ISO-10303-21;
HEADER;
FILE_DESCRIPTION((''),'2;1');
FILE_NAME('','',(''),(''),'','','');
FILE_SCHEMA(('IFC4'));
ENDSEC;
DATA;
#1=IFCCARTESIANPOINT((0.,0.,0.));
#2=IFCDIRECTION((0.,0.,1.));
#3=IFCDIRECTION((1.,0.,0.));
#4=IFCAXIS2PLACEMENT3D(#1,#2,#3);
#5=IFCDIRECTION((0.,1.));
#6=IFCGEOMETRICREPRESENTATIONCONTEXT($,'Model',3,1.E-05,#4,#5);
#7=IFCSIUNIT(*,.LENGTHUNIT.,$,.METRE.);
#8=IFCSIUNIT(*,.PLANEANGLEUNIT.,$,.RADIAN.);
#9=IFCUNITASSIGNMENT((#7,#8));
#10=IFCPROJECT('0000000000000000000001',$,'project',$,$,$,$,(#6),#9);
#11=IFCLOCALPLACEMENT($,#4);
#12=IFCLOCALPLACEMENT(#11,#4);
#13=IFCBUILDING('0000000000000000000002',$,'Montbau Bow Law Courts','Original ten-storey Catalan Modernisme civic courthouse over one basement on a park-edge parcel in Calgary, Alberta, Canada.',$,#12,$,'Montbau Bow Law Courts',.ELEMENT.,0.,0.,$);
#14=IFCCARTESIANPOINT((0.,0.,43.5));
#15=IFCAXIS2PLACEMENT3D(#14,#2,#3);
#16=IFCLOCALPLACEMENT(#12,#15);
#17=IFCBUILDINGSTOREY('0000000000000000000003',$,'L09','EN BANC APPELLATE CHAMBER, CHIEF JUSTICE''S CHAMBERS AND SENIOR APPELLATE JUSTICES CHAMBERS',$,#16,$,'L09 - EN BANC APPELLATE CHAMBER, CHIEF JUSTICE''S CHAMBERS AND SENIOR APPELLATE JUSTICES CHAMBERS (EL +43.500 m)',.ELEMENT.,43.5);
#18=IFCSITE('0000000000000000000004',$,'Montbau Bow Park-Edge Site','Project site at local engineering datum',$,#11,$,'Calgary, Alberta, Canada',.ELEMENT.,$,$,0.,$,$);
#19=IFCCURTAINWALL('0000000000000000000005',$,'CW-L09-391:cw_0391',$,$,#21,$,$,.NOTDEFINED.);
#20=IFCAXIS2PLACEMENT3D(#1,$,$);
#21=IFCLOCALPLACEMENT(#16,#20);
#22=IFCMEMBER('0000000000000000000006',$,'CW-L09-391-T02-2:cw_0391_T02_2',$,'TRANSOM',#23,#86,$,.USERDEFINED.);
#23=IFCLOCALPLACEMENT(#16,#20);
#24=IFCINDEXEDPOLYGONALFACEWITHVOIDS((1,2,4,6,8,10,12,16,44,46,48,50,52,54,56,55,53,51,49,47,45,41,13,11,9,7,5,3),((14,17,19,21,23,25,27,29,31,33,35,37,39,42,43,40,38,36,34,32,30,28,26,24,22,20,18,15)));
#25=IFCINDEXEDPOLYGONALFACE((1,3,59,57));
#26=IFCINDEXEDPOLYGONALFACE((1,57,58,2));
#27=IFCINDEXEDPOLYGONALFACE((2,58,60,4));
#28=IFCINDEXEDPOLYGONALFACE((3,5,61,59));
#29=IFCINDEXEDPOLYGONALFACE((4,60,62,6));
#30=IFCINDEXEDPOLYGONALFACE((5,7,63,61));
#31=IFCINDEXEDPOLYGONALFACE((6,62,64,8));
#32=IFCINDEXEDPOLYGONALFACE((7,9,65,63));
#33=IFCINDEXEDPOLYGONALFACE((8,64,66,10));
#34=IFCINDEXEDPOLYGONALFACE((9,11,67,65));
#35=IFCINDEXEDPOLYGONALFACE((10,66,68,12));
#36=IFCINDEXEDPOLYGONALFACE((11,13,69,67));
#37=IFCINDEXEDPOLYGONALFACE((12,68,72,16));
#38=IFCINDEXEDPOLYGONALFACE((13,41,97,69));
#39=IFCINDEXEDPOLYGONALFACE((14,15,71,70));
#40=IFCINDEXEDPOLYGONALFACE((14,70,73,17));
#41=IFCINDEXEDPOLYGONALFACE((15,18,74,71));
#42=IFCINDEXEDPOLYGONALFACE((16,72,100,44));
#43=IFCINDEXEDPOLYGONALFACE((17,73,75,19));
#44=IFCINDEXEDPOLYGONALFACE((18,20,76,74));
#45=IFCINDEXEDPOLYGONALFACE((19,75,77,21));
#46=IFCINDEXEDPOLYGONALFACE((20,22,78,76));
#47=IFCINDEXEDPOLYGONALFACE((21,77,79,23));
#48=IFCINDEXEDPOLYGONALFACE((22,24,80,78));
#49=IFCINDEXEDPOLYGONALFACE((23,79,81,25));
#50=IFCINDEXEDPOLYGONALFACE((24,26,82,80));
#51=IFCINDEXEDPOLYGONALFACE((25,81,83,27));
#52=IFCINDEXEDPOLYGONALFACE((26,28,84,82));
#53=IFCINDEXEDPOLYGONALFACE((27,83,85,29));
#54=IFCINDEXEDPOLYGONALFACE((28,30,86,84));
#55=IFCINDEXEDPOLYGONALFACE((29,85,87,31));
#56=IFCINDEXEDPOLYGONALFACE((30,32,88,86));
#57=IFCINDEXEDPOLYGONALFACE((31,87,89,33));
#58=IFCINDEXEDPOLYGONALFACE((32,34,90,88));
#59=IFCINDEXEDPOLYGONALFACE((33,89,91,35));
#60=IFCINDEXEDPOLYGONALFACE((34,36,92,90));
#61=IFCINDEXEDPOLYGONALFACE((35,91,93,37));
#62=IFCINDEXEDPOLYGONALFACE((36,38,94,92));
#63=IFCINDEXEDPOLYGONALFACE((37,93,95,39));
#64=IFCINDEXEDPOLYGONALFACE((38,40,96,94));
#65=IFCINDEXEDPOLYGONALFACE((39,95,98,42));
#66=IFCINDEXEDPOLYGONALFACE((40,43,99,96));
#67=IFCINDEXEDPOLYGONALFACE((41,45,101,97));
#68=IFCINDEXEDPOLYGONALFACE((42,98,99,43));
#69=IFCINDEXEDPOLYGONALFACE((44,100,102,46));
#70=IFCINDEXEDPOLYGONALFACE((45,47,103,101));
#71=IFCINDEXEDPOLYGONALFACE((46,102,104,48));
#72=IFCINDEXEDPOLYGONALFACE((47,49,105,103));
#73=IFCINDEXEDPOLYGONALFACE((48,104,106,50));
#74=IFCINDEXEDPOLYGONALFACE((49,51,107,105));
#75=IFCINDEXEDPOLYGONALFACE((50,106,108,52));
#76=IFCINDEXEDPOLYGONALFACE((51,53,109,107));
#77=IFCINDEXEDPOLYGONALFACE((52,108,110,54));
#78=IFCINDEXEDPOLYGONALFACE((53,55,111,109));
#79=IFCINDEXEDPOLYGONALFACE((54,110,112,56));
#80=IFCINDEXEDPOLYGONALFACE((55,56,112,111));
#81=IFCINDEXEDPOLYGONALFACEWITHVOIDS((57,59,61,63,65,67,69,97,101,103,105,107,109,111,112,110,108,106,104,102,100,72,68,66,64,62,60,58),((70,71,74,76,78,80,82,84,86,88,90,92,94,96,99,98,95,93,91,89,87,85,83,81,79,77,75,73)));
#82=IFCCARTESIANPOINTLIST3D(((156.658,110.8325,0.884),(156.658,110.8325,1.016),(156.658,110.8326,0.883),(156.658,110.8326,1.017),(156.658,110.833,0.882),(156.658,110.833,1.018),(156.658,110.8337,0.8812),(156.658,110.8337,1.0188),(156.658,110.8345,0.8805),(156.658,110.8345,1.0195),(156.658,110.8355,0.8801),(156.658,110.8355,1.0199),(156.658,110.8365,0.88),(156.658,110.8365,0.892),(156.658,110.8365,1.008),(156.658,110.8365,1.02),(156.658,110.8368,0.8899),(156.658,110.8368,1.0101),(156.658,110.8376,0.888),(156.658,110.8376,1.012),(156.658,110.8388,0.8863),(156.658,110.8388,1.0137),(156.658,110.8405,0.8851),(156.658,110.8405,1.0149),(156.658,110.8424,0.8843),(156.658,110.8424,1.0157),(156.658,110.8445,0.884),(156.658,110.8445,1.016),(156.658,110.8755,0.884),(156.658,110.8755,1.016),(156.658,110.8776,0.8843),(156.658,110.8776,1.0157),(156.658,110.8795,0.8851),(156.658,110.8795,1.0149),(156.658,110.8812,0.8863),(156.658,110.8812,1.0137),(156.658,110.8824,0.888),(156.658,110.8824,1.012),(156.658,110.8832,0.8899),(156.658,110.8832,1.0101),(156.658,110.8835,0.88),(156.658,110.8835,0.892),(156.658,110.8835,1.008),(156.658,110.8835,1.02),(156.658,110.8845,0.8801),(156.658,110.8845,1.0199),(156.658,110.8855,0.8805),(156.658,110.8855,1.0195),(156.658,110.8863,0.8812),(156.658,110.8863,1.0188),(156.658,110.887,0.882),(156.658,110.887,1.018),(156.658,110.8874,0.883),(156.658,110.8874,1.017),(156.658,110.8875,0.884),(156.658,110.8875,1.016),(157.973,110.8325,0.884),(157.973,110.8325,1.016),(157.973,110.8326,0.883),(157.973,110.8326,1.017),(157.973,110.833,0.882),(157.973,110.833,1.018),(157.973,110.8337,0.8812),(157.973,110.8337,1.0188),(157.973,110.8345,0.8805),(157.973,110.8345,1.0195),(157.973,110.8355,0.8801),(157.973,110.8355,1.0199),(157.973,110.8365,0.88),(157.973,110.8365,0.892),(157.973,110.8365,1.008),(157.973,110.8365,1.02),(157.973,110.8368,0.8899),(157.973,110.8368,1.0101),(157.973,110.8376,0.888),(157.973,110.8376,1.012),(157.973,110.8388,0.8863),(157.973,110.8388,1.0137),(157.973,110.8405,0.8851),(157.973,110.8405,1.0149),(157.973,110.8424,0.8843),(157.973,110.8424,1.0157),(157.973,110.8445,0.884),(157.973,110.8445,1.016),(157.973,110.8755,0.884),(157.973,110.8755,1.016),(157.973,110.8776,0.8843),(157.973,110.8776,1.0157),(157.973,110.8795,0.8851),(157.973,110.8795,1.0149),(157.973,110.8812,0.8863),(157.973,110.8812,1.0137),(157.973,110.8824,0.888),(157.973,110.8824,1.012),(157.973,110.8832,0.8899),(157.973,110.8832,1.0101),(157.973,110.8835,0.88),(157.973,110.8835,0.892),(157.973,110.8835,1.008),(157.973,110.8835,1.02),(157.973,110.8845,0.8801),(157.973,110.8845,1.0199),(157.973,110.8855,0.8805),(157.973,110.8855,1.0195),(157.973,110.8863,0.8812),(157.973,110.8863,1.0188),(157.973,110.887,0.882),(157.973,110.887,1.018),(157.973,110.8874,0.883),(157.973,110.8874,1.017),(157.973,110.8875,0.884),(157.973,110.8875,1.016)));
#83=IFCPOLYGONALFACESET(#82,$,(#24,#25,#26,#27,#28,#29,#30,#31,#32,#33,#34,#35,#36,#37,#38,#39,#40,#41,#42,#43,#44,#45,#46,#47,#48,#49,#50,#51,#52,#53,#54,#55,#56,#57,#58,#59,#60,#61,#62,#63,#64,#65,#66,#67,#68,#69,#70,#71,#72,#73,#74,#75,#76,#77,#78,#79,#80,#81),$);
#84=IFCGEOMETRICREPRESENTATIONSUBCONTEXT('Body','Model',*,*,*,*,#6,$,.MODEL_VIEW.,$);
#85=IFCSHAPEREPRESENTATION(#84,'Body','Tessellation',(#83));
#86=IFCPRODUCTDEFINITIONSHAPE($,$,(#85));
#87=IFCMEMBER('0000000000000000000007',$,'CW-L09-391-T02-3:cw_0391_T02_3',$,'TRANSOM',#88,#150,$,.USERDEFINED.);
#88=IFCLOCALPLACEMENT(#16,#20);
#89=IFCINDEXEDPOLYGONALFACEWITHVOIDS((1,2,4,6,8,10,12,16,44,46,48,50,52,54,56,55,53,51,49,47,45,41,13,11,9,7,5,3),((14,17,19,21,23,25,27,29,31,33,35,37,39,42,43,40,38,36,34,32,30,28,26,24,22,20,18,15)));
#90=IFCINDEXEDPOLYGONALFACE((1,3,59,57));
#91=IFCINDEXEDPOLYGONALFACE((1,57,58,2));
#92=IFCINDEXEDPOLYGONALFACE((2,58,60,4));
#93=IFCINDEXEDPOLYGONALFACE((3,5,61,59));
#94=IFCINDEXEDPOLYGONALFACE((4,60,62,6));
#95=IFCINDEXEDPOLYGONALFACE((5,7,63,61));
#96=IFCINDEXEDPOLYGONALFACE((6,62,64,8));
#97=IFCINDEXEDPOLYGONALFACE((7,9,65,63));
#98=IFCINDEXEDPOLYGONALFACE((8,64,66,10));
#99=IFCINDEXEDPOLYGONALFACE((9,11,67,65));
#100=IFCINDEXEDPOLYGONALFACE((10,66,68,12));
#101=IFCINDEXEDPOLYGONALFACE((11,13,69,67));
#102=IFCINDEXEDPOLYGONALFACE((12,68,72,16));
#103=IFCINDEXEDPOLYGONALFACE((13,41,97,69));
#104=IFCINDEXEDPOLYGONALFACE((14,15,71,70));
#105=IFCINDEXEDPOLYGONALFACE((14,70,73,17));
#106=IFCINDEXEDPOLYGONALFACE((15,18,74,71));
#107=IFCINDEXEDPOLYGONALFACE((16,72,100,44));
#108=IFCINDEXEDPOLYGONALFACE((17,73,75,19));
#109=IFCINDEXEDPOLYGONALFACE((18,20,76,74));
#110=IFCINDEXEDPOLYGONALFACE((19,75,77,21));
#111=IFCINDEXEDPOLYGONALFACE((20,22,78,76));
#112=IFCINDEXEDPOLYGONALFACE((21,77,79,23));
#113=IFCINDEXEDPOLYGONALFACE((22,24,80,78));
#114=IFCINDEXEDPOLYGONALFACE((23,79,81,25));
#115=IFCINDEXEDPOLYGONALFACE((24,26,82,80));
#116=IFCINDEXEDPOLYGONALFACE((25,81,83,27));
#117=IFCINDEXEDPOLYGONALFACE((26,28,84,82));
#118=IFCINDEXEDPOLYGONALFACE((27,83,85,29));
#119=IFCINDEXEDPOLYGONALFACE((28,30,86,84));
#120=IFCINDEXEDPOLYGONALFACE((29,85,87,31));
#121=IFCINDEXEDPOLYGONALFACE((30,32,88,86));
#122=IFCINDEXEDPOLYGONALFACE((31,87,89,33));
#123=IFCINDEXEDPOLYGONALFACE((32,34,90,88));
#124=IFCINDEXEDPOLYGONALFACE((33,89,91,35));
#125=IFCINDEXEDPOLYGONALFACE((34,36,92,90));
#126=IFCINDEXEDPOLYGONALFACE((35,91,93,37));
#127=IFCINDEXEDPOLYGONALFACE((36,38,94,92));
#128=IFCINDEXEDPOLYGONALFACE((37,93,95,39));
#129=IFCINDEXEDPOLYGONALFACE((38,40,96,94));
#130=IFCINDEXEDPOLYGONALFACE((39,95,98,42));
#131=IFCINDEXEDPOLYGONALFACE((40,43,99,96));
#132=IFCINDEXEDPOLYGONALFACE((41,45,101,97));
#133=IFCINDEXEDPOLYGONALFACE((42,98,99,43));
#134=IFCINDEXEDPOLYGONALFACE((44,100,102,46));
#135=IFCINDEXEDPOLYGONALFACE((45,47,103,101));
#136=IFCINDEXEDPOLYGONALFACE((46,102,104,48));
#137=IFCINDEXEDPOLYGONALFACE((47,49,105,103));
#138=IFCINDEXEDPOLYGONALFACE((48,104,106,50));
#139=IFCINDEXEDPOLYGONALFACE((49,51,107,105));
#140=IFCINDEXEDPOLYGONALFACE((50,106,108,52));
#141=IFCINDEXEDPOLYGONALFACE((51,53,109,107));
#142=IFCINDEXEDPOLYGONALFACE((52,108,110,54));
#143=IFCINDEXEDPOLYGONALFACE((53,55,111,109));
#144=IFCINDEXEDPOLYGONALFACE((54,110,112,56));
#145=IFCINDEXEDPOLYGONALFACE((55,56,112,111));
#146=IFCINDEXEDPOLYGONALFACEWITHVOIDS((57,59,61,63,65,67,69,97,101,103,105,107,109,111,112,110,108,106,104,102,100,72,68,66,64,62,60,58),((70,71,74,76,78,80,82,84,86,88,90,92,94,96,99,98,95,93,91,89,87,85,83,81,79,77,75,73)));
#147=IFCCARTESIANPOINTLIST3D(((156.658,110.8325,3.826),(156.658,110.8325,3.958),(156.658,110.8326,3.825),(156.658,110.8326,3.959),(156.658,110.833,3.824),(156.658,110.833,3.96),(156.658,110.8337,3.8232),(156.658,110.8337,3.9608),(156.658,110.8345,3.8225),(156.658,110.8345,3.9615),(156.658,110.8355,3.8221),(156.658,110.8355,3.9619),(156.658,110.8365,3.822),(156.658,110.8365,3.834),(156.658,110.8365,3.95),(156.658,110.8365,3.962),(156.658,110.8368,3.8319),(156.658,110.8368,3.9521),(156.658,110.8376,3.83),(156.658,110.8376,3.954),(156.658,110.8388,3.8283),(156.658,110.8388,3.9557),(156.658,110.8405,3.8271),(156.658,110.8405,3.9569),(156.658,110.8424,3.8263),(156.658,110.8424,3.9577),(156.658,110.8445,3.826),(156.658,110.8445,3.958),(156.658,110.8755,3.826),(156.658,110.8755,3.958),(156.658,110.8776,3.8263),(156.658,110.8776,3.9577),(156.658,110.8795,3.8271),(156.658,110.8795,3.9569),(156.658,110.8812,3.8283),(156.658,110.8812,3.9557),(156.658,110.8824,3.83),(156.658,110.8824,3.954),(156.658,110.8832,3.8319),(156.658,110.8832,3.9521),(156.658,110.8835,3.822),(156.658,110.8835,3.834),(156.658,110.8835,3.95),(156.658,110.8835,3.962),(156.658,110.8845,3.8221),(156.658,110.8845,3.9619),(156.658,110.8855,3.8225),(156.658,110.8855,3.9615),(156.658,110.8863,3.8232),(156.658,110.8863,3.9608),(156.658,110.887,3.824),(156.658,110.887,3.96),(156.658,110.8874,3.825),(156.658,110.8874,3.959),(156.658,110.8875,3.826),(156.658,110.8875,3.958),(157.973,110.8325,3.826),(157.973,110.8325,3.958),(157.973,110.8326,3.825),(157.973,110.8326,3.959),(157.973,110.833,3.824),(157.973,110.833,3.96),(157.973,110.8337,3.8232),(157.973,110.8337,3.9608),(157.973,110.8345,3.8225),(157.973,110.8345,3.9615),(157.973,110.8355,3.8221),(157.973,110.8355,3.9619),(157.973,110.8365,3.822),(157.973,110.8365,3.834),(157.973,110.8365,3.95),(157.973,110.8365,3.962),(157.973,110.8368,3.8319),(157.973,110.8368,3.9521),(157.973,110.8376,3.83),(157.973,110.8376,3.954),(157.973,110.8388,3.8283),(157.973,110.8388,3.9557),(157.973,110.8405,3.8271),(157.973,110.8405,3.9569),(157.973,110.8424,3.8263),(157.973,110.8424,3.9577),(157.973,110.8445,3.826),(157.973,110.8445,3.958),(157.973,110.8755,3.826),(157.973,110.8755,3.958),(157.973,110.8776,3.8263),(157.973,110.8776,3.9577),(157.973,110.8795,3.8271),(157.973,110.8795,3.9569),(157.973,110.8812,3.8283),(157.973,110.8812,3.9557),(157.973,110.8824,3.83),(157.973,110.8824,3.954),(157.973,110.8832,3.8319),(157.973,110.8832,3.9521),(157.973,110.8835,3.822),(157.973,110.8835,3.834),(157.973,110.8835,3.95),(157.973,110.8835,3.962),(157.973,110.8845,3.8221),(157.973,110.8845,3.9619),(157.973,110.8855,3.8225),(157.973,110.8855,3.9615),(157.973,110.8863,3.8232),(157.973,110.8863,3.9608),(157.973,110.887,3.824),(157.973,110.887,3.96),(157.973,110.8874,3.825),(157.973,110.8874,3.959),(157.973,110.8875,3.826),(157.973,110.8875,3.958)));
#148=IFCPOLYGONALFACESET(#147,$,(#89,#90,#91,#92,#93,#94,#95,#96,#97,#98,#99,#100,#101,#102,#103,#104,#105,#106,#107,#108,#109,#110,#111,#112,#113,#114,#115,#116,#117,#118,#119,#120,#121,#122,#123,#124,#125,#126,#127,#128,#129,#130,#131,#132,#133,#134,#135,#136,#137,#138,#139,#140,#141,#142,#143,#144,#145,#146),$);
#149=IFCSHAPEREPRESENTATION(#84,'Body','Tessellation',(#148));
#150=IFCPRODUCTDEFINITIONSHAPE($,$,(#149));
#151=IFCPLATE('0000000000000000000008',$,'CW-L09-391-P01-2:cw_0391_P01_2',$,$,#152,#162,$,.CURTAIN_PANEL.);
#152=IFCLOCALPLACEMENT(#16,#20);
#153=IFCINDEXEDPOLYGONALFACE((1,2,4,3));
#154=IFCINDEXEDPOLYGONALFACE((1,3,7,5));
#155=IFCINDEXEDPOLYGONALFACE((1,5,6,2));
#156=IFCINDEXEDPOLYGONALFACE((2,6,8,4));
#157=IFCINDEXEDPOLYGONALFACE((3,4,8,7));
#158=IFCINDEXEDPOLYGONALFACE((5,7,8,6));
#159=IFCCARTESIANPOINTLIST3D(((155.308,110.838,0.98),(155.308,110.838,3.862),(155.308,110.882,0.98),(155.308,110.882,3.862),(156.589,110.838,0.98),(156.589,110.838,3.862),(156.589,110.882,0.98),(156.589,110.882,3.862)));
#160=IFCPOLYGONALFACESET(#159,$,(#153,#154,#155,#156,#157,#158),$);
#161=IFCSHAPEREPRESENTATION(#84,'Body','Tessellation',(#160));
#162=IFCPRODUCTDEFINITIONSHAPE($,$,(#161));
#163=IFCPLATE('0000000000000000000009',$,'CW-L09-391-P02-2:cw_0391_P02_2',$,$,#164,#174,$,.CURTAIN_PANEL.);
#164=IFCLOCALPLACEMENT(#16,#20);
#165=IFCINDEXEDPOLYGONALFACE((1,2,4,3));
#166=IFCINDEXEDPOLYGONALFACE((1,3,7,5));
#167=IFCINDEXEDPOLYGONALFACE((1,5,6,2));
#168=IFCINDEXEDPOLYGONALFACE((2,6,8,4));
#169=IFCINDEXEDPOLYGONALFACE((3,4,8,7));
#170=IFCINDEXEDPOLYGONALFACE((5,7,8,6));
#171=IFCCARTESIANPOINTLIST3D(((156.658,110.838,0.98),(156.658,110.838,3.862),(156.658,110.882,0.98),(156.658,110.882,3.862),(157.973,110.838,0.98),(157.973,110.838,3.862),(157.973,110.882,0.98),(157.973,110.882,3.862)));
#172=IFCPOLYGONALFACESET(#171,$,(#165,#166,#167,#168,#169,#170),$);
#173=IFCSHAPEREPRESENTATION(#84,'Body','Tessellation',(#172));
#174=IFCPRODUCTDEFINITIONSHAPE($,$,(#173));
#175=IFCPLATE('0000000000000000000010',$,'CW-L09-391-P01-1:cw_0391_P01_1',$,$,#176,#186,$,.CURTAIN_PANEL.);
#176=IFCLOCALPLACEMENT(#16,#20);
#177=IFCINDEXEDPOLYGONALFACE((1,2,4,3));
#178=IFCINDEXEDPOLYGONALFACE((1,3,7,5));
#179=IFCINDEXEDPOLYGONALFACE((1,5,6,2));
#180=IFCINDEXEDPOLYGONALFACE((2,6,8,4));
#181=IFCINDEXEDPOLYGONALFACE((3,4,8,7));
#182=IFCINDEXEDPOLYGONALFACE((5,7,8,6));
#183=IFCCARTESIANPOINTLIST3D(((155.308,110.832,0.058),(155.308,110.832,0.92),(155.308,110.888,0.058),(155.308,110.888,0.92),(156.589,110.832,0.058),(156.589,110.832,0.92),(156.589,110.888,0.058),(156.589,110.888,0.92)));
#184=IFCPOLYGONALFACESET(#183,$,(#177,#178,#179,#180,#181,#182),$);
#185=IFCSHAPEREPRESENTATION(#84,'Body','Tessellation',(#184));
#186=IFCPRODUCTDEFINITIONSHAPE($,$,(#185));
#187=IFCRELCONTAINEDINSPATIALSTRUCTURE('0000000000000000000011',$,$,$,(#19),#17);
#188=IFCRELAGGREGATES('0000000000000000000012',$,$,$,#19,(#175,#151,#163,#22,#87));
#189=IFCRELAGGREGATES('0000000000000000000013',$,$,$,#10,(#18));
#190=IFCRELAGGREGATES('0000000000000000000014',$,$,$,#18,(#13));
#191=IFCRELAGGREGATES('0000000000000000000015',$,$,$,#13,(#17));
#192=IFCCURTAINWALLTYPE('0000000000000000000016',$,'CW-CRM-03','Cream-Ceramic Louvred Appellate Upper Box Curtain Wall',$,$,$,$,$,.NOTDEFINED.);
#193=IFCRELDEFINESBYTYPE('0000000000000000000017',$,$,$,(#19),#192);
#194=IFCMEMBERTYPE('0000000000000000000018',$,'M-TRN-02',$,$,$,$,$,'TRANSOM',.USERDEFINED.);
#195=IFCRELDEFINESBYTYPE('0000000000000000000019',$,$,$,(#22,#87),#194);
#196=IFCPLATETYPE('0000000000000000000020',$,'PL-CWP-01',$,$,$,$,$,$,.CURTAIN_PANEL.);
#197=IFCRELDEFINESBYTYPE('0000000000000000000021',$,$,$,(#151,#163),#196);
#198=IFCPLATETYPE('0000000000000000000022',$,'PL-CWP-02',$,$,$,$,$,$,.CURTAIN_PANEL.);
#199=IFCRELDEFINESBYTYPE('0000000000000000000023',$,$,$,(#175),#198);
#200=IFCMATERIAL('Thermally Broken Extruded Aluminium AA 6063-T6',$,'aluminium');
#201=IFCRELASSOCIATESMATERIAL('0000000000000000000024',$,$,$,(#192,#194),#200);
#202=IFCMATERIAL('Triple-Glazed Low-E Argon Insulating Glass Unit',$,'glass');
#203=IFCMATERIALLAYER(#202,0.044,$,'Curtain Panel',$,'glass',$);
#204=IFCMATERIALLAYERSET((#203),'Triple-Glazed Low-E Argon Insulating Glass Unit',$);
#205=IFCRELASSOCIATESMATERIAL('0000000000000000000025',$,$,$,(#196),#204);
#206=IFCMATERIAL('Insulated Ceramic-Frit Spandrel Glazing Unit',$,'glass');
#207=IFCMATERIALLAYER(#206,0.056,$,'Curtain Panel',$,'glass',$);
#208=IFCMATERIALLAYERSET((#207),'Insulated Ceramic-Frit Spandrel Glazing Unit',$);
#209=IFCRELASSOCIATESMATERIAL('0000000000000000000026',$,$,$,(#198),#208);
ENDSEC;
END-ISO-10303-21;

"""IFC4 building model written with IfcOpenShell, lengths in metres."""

from ifc_helpers import new_model, si_unit, direction, frame, frame_2d, origin_with_axes, origin_2d_with_axis, place, context, subcontext, project, spatial, rectangle, hollow_rectangle, extrude, material, layer, layer_set, material_profile, profile_set, type_object, element, aggregate, save


model = new_model("IFC4")

# Units and contexts
model_context = context("Model", 3, precision=1e-05, world=origin_with_axes(), true_north=direction((0.0, 1.0)))
body_context = subcontext(model_context, "Body", "Model", "MODEL_VIEW")
ifc_project = project(units=[si_unit("LENGTHUNIT", "METRE"), si_unit("PLANEANGLEUNIT", "RADIAN")], contexts=[model_context])

# Site, building, storey
site_placement = place(None, origin_with_axes())
site = spatial("IfcSite", under=ifc_project, at=site_placement, Name="Montbau Bow Park-Edge Site", Description="Project site at local engineering datum", LongName="Calgary, Alberta, Canada", CompositionType="ELEMENT", RefElevation=0.0)
building_placement = place(site_placement, origin_with_axes())
building = spatial("IfcBuilding", under=site, at=building_placement, Name="Montbau Bow Law Courts", Description="Original ten-storey Catalan Modernisme civic courthouse over one basement on a park-edge parcel in Calgary, Alberta, Canada.", LongName="Montbau Bow Law Courts", CompositionType="ELEMENT", ElevationOfRefHeight=0.0, ElevationOfTerrain=0.0)
storey_placement = place(building_placement, frame((0.0, 0.0, 43.5), z_axis=(0.0, 0.0, 1.0), x_axis=(1.0, 0.0, 0.0)))
storey = spatial("IfcBuildingStorey", under=building, at=storey_placement, Name="L09", Description="EN BANC APPELLATE CHAMBER, CHIEF JUSTICE'S CHAMBERS AND SENIOR APPELLATE JUSTICES CHAMBERS", LongName="L09 - EN BANC APPELLATE CHAMBER, CHIEF JUSTICE'S CHAMBERS AND SENIOR APPELLATE JUSTICES CHAMBERS (EL +43.500 m)", CompositionType="ELEMENT", Elevation=43.5)

# Curtain wall, members, plates
ifc_material_1 = material(Name="Thermally Broken Extruded Aluminium AA 6063-T6", Category="aluminium")
curtain_wall_type = type_object("IfcCurtainWallType", Name="CW-CRM-03", Description="Cream-Ceramic Louvred Appellate Upper Box Curtain Wall", PredefinedType="NOTDEFINED", material=ifc_material_1)
curtain_wall_placement = place(None, frame((155.24, 110.86, 43.5), z_axis=(0.0, 0.0, 1.0), x_axis=(1.0, 0.0, 0.0)))
curtain_wall = element("IfcCurtainWall", 1, at=curtain_wall_placement, inside=storey, type_object=curtain_wall_type, Name="CW-L09-391:cw_0391", PredefinedType="NOTDEFINED")
ifc_material_profile_1 = material_profile(ifc_material_1, hollow_rectangle(XDim=0.055, YDim=0.14, WallThickness=0.004, InnerFilletRadius=0.008, OuterFilletRadius=0.004, at=origin_2d_with_axis()), Name="CWT-140X55", Category="Main", Priority=0)
ifc_profile_set_1 = profile_set([ifc_material_profile_1], Name="Thermally Broken Extruded Aluminium AA 6063-T6")
member_type_1 = type_object("IfcMemberType", Name="M-TRN-02", ElementType="TRANSOM", PredefinedType="USERDEFINED", material=ifc_profile_set_1)
member_1_placement = place(None, frame((156.658, 110.86, 44.45), z_axis=(1.0, 0.0, 0.0), x_axis=(0.0, 1.0, 0.0)))
member_1 = element("IfcMember", 2, at=member_1_placement, type_object=member_type_1, Name="CW-L09-391-T02-2:cw_0391_T02_2", ObjectType="TRANSOM", PredefinedType="USERDEFINED", context=body_context, shape_type="SweptSolid", body=[
    extrude(hollow_rectangle(XDim=0.055, YDim=0.14, WallThickness=0.004, InnerFilletRadius=0.008, OuterFilletRadius=0.004, at=origin_2d_with_axis()), origin_with_axes(), (0.0, 0.0, 1.0), 1.315),
])
member_2_placement = place(None, frame((156.658, 110.86, 47.392), z_axis=(1.0, 0.0, 0.0), x_axis=(0.0, 1.0, 0.0)))
member_2 = element("IfcMember", 3, at=member_2_placement, type_object=member_type_1, Name="CW-L09-391-T02-3:cw_0391_T02_3", ObjectType="TRANSOM", PredefinedType="USERDEFINED", context=body_context, shape_type="SweptSolid", body=[
    extrude(hollow_rectangle(XDim=0.055, YDim=0.14, WallThickness=0.004, InnerFilletRadius=0.008, OuterFilletRadius=0.004, at=origin_2d_with_axis()), origin_with_axes(), (0.0, 0.0, 1.0), 1.315),
])
ifc_material_2 = material(Name="Triple-Glazed Low-E Argon Insulating Glass Unit", Category="glass")
ifc_layer_1 = layer(ifc_material_2, 0.044, Name="Curtain Panel", Category="glass")
ifc_layer_set_1 = layer_set([ifc_layer_1], Name="Triple-Glazed Low-E Argon Insulating Glass Unit")
plate_type_1 = type_object("IfcPlateType", Name="PL-CWP-01", PredefinedType="CURTAIN_PANEL", material=ifc_layer_set_1)
plate_1_placement = place(None, frame((155.308, 110.86, 44.48), z_axis=(0.0, -1.0, 0.0), x_axis=(1.0, 0.0, 0.0)))
plate_1 = element("IfcPlate", 4, at=plate_1_placement, type_object=plate_type_1, Name="CW-L09-391-P01-2:cw_0391_P01_2", PredefinedType="CURTAIN_PANEL", context=body_context, shape_type="SweptSolid", body=[
    extrude(rectangle(XDim=1.281, YDim=2.882, at=frame_2d((0.6405, 1.441), x_axis=(1.0, 0.0))), frame((0.0, 0.0, -0.022), z_axis=(0.0, 0.0, 1.0), x_axis=(1.0, 0.0, 0.0)), (0.0, 0.0, 1.0), 0.044),
])
plate_2_placement = place(None, frame((156.658, 110.86, 44.48), z_axis=(0.0, -1.0, 0.0), x_axis=(1.0, 0.0, 0.0)))
plate_2 = element("IfcPlate", 5, at=plate_2_placement, type_object=plate_type_1, Name="CW-L09-391-P02-2:cw_0391_P02_2", PredefinedType="CURTAIN_PANEL", context=body_context, shape_type="SweptSolid", body=[
    extrude(rectangle(XDim=1.315, YDim=2.882, at=frame_2d((0.6575, 1.441), x_axis=(1.0, 0.0))), frame((0.0, 0.0, -0.022), z_axis=(0.0, 0.0, 1.0), x_axis=(1.0, 0.0, 0.0)), (0.0, 0.0, 1.0), 0.044),
])
ifc_material_3 = material(Name="Insulated Ceramic-Frit Spandrel Glazing Unit", Category="glass")
ifc_layer_2 = layer(ifc_material_3, 0.056, Name="Curtain Panel", Category="glass")
ifc_layer_set_2 = layer_set([ifc_layer_2], Name="Insulated Ceramic-Frit Spandrel Glazing Unit")
plate_type_2 = type_object("IfcPlateType", Name="PL-CWP-02", PredefinedType="CURTAIN_PANEL", material=ifc_layer_set_2)
plate_3_placement = place(None, frame((155.308, 110.86, 43.558), z_axis=(0.0, -1.0, 0.0), x_axis=(1.0, 0.0, 0.0)))
plate_3 = element("IfcPlate", 6, at=plate_3_placement, type_object=plate_type_2, Name="CW-L09-391-P01-1:cw_0391_P01_1", PredefinedType="CURTAIN_PANEL", context=body_context, shape_type="SweptSolid", body=[
    extrude(rectangle(XDim=1.281, YDim=0.862, at=frame_2d((0.6405, 0.431), x_axis=(1.0, 0.0))), frame((0.0, 0.0, -0.028), z_axis=(0.0, 0.0, 1.0), x_axis=(1.0, 0.0, 0.0)), (0.0, 0.0, 1.0), 0.056),
])
aggregate(curtain_wall, [plate_3, plate_1, plate_2, member_1, member_2])

save(model, "model.ifc")
